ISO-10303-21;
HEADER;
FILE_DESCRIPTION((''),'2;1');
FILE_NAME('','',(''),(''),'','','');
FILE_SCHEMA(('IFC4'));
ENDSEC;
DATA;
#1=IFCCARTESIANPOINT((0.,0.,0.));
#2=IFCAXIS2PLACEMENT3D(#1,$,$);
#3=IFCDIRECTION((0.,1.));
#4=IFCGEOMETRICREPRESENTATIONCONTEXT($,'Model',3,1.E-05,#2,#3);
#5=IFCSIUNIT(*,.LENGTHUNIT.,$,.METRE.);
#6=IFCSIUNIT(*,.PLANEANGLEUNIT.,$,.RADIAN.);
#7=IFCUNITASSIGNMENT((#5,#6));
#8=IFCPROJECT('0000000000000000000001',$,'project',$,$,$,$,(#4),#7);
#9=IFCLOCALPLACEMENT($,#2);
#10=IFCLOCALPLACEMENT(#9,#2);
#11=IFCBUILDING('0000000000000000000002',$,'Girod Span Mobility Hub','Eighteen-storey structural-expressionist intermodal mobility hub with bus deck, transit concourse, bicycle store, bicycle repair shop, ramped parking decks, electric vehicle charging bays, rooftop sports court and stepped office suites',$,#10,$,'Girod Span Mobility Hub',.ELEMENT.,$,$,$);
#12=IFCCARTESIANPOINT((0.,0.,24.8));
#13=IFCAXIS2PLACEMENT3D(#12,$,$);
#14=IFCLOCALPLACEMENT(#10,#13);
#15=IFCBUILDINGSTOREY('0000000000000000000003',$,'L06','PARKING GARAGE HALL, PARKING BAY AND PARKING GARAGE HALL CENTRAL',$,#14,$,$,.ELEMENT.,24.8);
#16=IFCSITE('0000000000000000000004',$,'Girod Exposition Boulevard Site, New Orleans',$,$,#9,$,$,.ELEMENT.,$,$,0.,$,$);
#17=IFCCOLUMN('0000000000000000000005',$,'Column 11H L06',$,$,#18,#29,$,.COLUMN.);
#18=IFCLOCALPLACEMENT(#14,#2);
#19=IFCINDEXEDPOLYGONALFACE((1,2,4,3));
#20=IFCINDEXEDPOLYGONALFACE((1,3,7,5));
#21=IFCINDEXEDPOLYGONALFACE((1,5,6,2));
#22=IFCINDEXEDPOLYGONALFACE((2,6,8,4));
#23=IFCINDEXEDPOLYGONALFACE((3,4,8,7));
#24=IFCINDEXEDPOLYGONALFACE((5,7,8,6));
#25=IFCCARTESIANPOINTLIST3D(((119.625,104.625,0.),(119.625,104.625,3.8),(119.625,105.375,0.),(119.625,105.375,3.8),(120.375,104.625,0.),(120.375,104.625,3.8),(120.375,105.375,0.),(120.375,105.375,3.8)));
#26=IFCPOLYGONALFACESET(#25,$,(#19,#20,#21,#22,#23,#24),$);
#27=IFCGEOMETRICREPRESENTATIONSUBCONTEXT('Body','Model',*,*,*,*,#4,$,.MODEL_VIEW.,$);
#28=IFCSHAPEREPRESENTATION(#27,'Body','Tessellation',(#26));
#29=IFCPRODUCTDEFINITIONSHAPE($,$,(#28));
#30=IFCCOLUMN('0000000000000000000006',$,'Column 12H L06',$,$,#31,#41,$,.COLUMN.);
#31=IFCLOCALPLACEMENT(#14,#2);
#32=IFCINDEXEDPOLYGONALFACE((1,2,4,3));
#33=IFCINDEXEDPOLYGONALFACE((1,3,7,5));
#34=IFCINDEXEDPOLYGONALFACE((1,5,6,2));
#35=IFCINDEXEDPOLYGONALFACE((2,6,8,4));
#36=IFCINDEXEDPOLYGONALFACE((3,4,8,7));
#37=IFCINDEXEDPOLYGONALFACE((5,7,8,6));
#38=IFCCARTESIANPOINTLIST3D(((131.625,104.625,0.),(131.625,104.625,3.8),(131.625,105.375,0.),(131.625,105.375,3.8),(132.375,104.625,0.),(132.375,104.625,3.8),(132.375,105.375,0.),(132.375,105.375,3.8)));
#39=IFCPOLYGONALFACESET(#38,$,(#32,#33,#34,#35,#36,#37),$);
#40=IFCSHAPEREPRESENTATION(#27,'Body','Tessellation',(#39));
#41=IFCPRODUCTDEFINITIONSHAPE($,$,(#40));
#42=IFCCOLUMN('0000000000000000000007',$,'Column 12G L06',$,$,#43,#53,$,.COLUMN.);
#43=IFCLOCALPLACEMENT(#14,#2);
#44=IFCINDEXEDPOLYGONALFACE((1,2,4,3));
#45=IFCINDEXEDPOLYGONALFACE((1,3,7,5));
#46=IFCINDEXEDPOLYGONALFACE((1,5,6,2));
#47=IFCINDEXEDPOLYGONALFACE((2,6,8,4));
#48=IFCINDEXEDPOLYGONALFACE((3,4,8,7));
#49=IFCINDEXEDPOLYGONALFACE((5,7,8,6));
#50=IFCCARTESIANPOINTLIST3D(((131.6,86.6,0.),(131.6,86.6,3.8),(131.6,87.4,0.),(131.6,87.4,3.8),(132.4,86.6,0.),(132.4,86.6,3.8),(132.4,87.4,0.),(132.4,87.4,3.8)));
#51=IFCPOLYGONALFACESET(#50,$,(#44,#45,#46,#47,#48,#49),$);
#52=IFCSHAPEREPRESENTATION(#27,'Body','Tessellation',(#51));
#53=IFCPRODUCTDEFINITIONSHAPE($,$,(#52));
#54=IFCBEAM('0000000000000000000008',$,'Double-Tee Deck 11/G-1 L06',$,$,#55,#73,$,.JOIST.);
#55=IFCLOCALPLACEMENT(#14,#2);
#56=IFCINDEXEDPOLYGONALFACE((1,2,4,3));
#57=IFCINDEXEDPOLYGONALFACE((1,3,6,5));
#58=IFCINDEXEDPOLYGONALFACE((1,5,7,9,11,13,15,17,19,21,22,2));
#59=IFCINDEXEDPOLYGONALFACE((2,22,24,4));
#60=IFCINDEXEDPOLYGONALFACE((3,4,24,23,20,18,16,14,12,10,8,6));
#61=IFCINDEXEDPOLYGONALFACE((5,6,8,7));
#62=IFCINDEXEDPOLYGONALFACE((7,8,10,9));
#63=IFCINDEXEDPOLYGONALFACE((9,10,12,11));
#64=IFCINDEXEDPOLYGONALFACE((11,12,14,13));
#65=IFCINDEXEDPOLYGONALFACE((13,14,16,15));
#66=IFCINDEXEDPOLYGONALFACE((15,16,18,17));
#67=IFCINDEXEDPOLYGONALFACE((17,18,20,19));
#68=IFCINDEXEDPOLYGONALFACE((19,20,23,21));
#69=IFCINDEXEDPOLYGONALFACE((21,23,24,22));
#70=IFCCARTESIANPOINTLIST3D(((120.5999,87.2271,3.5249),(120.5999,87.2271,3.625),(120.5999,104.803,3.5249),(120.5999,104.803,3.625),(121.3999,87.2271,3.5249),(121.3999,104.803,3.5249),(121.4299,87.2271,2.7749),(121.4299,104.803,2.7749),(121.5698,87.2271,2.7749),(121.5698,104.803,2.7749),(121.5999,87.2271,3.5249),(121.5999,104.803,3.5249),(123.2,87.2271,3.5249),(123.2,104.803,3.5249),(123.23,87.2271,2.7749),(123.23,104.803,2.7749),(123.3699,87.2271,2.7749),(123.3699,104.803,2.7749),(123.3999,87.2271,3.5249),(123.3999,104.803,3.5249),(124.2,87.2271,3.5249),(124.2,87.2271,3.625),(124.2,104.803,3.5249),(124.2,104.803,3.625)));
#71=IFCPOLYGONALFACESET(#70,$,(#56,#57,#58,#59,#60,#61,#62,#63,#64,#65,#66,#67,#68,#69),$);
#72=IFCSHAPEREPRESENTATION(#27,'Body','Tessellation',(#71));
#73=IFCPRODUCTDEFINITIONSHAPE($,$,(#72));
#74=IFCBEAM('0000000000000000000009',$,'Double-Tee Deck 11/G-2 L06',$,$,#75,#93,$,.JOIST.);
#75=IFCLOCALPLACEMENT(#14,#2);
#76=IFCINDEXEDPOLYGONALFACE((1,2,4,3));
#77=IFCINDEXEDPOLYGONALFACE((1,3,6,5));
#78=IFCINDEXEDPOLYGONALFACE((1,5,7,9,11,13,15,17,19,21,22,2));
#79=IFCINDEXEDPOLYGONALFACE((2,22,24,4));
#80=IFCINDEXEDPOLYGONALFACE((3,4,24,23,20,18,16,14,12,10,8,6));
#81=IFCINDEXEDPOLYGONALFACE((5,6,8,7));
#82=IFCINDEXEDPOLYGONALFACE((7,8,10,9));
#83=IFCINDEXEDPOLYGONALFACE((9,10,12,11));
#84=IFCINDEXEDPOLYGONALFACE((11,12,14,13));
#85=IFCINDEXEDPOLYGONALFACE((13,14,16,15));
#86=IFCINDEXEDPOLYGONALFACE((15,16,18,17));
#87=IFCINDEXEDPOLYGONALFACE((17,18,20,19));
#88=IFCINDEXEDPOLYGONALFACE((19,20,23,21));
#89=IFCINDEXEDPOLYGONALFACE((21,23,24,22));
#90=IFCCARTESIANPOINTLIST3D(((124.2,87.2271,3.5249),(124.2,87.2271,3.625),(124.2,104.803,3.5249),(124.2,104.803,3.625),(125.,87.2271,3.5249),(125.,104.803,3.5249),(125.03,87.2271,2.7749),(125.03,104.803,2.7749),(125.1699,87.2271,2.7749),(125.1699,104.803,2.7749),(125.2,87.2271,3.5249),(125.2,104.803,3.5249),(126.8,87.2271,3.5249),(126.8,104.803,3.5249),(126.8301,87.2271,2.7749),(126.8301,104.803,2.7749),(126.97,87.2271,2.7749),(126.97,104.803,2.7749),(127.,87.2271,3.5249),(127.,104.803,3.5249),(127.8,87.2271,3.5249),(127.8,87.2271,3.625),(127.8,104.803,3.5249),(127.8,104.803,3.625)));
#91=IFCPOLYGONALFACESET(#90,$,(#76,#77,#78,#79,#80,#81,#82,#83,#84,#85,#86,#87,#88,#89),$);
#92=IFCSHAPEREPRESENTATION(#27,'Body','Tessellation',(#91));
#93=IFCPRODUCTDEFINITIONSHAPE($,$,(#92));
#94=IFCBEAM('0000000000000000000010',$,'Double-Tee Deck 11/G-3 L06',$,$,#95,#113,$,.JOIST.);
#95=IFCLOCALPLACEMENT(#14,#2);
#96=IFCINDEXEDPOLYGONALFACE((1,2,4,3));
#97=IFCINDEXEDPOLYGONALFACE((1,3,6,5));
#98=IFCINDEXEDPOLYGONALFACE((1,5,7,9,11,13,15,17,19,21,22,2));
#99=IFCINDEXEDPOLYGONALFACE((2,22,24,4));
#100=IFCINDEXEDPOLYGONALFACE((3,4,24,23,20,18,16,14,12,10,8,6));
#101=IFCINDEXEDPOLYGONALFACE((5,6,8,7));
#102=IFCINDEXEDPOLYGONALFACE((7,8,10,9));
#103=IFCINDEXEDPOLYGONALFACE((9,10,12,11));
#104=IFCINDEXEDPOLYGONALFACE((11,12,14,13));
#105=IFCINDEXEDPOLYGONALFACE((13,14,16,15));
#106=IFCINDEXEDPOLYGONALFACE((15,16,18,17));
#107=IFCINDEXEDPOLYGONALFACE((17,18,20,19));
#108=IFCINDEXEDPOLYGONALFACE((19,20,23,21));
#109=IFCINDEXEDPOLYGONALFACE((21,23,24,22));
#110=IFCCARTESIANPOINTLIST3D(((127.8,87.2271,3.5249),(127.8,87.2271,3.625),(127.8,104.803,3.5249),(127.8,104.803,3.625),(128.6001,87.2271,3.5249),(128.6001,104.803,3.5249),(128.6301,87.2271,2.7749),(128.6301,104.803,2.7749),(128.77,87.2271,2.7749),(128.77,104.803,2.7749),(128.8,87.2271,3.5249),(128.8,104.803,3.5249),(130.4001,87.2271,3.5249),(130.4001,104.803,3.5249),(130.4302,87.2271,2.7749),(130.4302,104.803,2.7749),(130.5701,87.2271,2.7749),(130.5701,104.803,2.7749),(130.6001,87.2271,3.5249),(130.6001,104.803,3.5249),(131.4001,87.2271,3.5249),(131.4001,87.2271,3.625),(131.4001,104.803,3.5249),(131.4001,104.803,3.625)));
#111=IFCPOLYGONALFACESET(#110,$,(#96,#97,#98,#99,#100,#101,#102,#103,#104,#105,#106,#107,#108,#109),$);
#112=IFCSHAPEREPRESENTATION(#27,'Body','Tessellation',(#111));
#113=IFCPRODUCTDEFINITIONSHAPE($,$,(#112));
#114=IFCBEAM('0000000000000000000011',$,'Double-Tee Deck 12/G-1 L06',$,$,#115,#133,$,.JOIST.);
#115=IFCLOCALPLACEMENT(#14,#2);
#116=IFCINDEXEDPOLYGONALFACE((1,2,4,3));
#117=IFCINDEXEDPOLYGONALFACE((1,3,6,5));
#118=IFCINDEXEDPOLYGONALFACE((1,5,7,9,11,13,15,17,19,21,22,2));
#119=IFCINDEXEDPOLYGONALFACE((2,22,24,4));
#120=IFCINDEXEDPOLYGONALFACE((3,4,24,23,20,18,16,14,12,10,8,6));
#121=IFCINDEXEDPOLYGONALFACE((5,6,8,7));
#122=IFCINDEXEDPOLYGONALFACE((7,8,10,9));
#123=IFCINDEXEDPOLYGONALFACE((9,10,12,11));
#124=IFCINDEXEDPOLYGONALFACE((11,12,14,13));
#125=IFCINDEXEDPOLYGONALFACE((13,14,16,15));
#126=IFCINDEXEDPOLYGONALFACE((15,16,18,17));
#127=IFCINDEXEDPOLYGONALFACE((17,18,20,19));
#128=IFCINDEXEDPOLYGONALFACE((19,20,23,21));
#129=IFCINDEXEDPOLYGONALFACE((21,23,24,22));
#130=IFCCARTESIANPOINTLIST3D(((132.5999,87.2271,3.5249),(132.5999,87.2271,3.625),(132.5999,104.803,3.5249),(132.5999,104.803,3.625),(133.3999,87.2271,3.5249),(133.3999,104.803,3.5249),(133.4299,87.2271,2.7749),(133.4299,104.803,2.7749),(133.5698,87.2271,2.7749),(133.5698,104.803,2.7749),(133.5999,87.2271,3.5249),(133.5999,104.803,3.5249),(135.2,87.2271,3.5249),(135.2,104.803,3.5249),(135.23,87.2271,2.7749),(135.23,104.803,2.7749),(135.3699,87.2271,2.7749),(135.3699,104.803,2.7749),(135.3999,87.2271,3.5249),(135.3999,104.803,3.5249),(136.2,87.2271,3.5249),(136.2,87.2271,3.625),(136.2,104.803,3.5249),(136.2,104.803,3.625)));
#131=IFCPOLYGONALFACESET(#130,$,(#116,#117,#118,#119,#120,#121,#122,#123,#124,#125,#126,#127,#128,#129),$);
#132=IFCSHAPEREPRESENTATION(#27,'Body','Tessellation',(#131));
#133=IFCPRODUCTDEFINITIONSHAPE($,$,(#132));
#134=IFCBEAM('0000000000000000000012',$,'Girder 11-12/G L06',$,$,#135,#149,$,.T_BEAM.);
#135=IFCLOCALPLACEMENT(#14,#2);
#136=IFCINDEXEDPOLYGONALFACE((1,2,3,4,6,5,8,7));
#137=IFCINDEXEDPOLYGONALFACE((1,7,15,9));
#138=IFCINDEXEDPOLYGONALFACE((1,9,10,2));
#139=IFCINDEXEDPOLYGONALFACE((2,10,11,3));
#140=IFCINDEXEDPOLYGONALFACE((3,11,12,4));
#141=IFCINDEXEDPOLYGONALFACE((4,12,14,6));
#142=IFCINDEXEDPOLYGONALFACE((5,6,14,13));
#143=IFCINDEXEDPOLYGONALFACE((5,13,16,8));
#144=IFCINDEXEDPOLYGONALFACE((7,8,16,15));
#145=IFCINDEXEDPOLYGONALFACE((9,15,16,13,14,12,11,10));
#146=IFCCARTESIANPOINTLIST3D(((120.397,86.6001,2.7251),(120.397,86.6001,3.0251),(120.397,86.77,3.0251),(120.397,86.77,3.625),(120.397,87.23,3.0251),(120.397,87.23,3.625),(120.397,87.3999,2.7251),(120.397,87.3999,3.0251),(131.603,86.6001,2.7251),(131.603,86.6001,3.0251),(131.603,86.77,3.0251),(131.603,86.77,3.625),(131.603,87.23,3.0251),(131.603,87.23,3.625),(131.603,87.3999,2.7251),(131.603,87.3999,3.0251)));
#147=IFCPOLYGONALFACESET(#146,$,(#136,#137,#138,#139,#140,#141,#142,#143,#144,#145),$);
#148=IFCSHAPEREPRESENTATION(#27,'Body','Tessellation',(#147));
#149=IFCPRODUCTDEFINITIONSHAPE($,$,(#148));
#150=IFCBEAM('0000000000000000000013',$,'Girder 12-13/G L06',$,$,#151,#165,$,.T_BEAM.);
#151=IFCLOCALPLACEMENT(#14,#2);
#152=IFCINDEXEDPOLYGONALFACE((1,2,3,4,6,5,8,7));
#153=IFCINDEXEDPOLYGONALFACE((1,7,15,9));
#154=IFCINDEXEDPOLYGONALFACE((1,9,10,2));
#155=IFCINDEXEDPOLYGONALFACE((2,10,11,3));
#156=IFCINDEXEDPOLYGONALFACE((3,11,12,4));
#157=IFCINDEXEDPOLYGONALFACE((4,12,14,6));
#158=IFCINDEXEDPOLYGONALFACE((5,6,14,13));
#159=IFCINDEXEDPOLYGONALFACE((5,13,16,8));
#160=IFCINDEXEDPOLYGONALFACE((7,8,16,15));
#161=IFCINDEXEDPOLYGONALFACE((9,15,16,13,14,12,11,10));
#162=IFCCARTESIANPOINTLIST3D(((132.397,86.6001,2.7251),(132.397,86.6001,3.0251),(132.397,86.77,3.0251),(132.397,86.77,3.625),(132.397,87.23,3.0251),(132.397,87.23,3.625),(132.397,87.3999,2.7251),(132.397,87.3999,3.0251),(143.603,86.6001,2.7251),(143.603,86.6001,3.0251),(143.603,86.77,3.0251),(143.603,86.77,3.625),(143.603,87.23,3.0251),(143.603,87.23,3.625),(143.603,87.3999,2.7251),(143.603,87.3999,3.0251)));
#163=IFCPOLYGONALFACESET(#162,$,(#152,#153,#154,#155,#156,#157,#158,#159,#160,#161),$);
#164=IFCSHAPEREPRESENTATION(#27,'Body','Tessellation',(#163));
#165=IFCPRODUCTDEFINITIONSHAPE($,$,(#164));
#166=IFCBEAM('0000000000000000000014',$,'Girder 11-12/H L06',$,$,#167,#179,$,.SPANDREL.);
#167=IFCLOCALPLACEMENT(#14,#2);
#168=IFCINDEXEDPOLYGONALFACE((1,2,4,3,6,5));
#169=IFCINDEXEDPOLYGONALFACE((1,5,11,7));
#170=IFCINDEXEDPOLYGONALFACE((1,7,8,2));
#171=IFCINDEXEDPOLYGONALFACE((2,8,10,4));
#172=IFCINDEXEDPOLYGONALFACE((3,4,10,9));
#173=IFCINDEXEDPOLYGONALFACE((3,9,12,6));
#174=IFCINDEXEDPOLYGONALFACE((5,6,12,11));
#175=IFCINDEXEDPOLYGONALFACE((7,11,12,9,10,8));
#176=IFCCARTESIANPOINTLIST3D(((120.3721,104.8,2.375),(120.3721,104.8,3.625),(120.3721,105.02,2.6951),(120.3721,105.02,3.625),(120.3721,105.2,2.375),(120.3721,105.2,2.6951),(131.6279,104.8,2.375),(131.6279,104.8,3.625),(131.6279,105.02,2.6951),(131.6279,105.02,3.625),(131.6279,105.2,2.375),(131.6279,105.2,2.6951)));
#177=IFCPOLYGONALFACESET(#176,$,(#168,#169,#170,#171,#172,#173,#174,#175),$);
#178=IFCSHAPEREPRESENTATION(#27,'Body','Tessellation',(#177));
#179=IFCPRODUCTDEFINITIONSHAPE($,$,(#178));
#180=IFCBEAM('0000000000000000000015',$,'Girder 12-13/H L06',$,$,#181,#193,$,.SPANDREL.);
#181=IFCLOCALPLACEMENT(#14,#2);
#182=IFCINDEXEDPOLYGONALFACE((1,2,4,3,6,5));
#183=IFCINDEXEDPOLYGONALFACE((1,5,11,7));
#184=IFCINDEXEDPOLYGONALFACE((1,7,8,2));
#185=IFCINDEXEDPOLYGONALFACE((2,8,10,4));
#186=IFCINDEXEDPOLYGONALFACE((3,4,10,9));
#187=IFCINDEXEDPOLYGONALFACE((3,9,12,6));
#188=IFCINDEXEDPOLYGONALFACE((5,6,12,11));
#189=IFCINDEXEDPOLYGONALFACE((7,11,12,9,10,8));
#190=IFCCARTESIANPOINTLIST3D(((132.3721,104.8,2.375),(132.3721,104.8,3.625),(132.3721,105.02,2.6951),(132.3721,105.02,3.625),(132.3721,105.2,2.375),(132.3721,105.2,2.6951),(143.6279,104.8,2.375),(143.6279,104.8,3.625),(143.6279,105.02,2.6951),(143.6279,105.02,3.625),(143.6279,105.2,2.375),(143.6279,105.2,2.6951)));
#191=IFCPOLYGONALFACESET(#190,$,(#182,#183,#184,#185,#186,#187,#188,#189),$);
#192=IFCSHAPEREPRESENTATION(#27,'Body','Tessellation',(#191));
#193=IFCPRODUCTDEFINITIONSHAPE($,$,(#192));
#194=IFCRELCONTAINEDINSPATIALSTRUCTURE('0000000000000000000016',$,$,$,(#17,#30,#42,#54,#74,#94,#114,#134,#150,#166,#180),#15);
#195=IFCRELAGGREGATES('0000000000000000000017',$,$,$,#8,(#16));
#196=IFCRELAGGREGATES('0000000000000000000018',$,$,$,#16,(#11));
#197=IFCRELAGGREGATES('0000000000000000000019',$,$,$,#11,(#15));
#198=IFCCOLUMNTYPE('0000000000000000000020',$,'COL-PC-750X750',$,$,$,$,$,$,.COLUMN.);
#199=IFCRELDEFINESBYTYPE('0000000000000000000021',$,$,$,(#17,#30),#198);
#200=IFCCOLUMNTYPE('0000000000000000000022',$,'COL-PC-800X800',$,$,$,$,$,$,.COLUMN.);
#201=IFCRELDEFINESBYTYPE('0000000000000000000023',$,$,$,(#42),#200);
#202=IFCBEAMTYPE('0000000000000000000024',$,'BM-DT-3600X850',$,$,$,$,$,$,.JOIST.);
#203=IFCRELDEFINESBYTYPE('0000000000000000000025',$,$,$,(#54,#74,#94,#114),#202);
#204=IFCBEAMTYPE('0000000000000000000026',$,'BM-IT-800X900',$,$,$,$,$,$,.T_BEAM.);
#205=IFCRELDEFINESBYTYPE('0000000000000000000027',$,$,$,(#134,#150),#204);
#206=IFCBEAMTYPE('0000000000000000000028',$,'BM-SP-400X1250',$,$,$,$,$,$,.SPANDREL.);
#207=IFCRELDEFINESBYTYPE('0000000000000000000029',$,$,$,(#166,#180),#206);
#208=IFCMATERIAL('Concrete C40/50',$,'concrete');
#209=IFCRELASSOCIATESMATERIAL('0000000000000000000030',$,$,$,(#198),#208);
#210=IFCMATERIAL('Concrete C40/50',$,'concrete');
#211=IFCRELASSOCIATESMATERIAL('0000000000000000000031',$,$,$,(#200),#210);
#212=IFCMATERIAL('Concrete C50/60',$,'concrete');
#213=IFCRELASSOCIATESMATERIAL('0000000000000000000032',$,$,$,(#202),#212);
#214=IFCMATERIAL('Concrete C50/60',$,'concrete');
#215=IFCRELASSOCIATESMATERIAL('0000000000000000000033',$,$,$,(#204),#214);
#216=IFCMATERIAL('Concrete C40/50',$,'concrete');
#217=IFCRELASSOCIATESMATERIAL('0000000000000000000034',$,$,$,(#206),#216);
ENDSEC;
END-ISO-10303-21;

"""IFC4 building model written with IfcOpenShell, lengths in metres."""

from ifc_helpers import new_model, si_unit, direction, frame, origin, origin_2d, place, context, subcontext, project, spatial, polyline, rectangle, outline, extrude, material, material_profile, profile_set, type_object, element, save


model = new_model("IFC4")

# Units and contexts
model_context = context("Model", 3, precision=1e-05, world=origin(), true_north=direction((0.0, 1.0)))
body_context = subcontext(model_context, "Body", "Model", "MODEL_VIEW")
ifc_project = project(units=[si_unit("LENGTHUNIT", "METRE"), si_unit("PLANEANGLEUNIT", "RADIAN")], contexts=[model_context])

# Site, building, storey
site_placement = place(None, origin())
site = spatial("IfcSite", under=ifc_project, at=site_placement, Name="Girod Exposition Boulevard Site, New Orleans", CompositionType="ELEMENT", RefElevation=0.0)
building_placement = place(site_placement, origin())
building = spatial("IfcBuilding", under=site, at=building_placement, Name="Girod Span Mobility Hub", Description="Eighteen-storey structural-expressionist intermodal mobility hub with bus deck, transit concourse, bicycle store, bicycle repair shop, ramped parking decks, electric vehicle charging bays, rooftop sports court and stepped office suites", LongName="Girod Span Mobility Hub", CompositionType="ELEMENT")
storey_placement = place(building_placement, frame((0.0, 0.0, 24.8)))
storey = spatial("IfcBuildingStorey", under=building, at=storey_placement, Name="L06", Description="PARKING GARAGE HALL, PARKING BAY AND PARKING GARAGE HALL CENTRAL", CompositionType="ELEMENT", Elevation=24.8)

# Columns
ifc_material_1 = material(Name="Concrete C40/50", Category="concrete")
ifc_material_profile_1 = material_profile(ifc_material_1, rectangle(XDim=0.75, YDim=0.75, at=origin_2d()), Name="PC-COL-750X750")
ifc_profile_set_1 = profile_set([ifc_material_profile_1], Name="Concrete C40/50")
column_type_1 = type_object("IfcColumnType", Name="COL-PC-750X750", PredefinedType="COLUMN", material=ifc_profile_set_1)
for number, where, z_axis, x_axis, name in (
    (1, (120.0, 105.0, 0.0), (0.0, 0.0, 1.0), (1.0, 0.0, 0.0), "Column 11H L06"),
    (2, (132.0, 105.0, 0.0), (0.0, 0.0, 1.0), (1.0, 0.0, 0.0), "Column 12H L06"),
):
    element("IfcColumn", number, at=place(storey_placement, frame(where, z_axis=z_axis, x_axis=x_axis)), inside=storey, type_object=column_type_1, Name=name, PredefinedType="COLUMN", context=body_context, shape_type="SweptSolid", body=[
        extrude(rectangle(XDim=0.75, YDim=0.75, at=origin_2d()), origin(), (0.0, 0.0, 1.0), 3.8),
    ])
ifc_material_2 = material(Name="Concrete C40/50", Category="concrete")
ifc_material_profile_2 = material_profile(ifc_material_2, rectangle(XDim=0.8, YDim=0.8, at=origin_2d()), Name="PC-COL-800X800")
ifc_profile_set_2 = profile_set([ifc_material_profile_2], Name="Concrete C40/50")
column_type_2 = type_object("IfcColumnType", Name="COL-PC-800X800", PredefinedType="COLUMN", material=ifc_profile_set_2)
column_placement = place(storey_placement, frame((132.0, 87.0, 0.0), z_axis=(0.0, 0.0, 1.0), x_axis=(1.0, 0.0, 0.0)))
element("IfcColumn", 3, at=column_placement, inside=storey, type_object=column_type_2, Name="Column 12G L06", PredefinedType="COLUMN", context=body_context, shape_type="SweptSolid", body=[
    extrude(rectangle(XDim=0.8, YDim=0.8, at=origin_2d()), origin(), (0.0, 0.0, 1.0), 3.8),
])

# Beams
ifc_material_3 = material(Name="Concrete C50/60", Category="concrete")
ifc_material_profile_3 = material_profile(ifc_material_3, outline(polyline([(-1.8, 0.425), (-1.8, 0.325), (-1.0, 0.325), (-0.97, -0.425), (-0.8301, -0.425), (-0.8, 0.325), (0.8, 0.325), (0.8301, -0.425), (0.97, -0.425), (1.0, 0.325), (1.8, 0.325), (1.8, 0.425), (-1.8, 0.425)])), Name="DT-3600X850")
ifc_profile_set_3 = profile_set([ifc_material_profile_3], Name="Concrete C50/60")
beam_type_1 = type_object("IfcBeamType", Name="BM-DT-3600X850", PredefinedType="JOIST", material=ifc_profile_set_3)
for number, where, z_axis, x_axis, name in (
    (4, (122.3999, 87.2271, 3.2), (0.0, 1.0, 0.0), (-1.0, 0.0, 0.0), "Double-Tee Deck 11/G-1 L06"),
    (5, (126.0, 87.2271, 3.2), (0.0, 1.0, 0.0), (-1.0, 0.0, 0.0), "Double-Tee Deck 11/G-2 L06"),
    (6, (129.6001, 87.2271, 3.2), (0.0, 1.0, 0.0), (-1.0, 0.0, 0.0), "Double-Tee Deck 11/G-3 L06"),
    (7, (134.3999, 87.2271, 3.2), (0.0, 1.0, 0.0), (-1.0, 0.0, 0.0), "Double-Tee Deck 12/G-1 L06"),
):
    element("IfcBeam", number, at=place(storey_placement, frame(where, z_axis=z_axis, x_axis=x_axis)), inside=storey, type_object=beam_type_1, Name=name, PredefinedType="JOIST", context=body_context, shape_type="SweptSolid", body=[
        extrude(outline(polyline([(-1.8, 0.425), (-1.8, 0.325), (-1.0, 0.325), (-0.97, -0.425), (-0.8301, -0.425), (-0.8, 0.325), (0.8, 0.325), (0.8301, -0.425), (0.97, -0.425), (1.0, 0.325), (1.8, 0.325), (1.8, 0.425), (-1.8, 0.425)])), origin(), (0.0, 0.0, 1.0), 17.5759),
    ])
ifc_material_4 = material(Name="Concrete C50/60", Category="concrete")
ifc_material_profile_4 = material_profile(ifc_material_4, outline(polyline([(-0.3999, -0.45), (0.3999, -0.45), (0.3999, -0.1499), (0.23, -0.1499), (0.23, 0.45), (-0.23, 0.45), (-0.23, -0.1499), (-0.3999, -0.1499), (-0.3999, -0.45)])), Name="IT-800X900")
ifc_profile_set_4 = profile_set([ifc_material_profile_4], Name="Concrete C50/60")
beam_type_2 = type_object("IfcBeamType", Name="BM-IT-800X900", PredefinedType="T_BEAM", material=ifc_profile_set_4)
for number, where, z_axis, x_axis, name in (
    (8, (120.397, 87.0, 3.175), (1.0, 0.0, 0.0), (0.0, 1.0, 0.0), "Girder 11-12/G L06"),
    (9, (132.397, 87.0, 3.175), (1.0, 0.0, 0.0), (0.0, 1.0, 0.0), "Girder 12-13/G L06"),
):
    element("IfcBeam", number, at=place(storey_placement, frame(where, z_axis=z_axis, x_axis=x_axis)), inside=storey, type_object=beam_type_2, Name=name, PredefinedType="T_BEAM", context=body_context, shape_type="SweptSolid", body=[
        extrude(outline(polyline([(-0.3999, -0.45), (0.3999, -0.45), (0.3999, -0.1499), (0.23, -0.1499), (0.23, 0.45), (-0.23, 0.45), (-0.23, -0.1499), (-0.3999, -0.1499), (-0.3999, -0.45)])), origin(), (0.0, 0.0, 1.0), 11.2061),
    ])
ifc_material_5 = material(Name="Concrete C40/50", Category="concrete")
ifc_material_profile_5 = material_profile(ifc_material_5, outline(polyline([(-0.2, -0.625), (0.2, -0.625), (0.2, -0.3049), (0.02, -0.3049), (0.02, 0.625), (-0.2, 0.625), (-0.2, -0.625)])), Name="SP-400X1250")
ifc_profile_set_5 = profile_set([ifc_material_profile_5], Name="Concrete C40/50")
beam_type_3 = type_object("IfcBeamType", Name="BM-SP-400X1250", PredefinedType="SPANDREL", material=ifc_profile_set_5)
for number, where, z_axis, x_axis, name in (
    (10, (120.3721, 105.0, 3.0), (1.0, 0.0, 0.0), (0.0, 1.0, 0.0), "Girder 11-12/H L06"),
    (11, (132.3721, 105.0, 3.0), (1.0, 0.0, 0.0), (0.0, 1.0, 0.0), "Girder 12-13/H L06"),
):
    element("IfcBeam", number, at=place(storey_placement, frame(where, z_axis=z_axis, x_axis=x_axis)), inside=storey, type_object=beam_type_3, Name=name, PredefinedType="SPANDREL", context=body_context, shape_type="SweptSolid", body=[
        extrude(outline(polyline([(-0.2, -0.625), (0.2, -0.625), (0.2, -0.3049), (0.02, -0.3049), (0.02, 0.625), (-0.2, 0.625), (-0.2, -0.625)])), origin(), (0.0, 0.0, 1.0), 11.2559),
    ])

save(model, "model.ifc")
